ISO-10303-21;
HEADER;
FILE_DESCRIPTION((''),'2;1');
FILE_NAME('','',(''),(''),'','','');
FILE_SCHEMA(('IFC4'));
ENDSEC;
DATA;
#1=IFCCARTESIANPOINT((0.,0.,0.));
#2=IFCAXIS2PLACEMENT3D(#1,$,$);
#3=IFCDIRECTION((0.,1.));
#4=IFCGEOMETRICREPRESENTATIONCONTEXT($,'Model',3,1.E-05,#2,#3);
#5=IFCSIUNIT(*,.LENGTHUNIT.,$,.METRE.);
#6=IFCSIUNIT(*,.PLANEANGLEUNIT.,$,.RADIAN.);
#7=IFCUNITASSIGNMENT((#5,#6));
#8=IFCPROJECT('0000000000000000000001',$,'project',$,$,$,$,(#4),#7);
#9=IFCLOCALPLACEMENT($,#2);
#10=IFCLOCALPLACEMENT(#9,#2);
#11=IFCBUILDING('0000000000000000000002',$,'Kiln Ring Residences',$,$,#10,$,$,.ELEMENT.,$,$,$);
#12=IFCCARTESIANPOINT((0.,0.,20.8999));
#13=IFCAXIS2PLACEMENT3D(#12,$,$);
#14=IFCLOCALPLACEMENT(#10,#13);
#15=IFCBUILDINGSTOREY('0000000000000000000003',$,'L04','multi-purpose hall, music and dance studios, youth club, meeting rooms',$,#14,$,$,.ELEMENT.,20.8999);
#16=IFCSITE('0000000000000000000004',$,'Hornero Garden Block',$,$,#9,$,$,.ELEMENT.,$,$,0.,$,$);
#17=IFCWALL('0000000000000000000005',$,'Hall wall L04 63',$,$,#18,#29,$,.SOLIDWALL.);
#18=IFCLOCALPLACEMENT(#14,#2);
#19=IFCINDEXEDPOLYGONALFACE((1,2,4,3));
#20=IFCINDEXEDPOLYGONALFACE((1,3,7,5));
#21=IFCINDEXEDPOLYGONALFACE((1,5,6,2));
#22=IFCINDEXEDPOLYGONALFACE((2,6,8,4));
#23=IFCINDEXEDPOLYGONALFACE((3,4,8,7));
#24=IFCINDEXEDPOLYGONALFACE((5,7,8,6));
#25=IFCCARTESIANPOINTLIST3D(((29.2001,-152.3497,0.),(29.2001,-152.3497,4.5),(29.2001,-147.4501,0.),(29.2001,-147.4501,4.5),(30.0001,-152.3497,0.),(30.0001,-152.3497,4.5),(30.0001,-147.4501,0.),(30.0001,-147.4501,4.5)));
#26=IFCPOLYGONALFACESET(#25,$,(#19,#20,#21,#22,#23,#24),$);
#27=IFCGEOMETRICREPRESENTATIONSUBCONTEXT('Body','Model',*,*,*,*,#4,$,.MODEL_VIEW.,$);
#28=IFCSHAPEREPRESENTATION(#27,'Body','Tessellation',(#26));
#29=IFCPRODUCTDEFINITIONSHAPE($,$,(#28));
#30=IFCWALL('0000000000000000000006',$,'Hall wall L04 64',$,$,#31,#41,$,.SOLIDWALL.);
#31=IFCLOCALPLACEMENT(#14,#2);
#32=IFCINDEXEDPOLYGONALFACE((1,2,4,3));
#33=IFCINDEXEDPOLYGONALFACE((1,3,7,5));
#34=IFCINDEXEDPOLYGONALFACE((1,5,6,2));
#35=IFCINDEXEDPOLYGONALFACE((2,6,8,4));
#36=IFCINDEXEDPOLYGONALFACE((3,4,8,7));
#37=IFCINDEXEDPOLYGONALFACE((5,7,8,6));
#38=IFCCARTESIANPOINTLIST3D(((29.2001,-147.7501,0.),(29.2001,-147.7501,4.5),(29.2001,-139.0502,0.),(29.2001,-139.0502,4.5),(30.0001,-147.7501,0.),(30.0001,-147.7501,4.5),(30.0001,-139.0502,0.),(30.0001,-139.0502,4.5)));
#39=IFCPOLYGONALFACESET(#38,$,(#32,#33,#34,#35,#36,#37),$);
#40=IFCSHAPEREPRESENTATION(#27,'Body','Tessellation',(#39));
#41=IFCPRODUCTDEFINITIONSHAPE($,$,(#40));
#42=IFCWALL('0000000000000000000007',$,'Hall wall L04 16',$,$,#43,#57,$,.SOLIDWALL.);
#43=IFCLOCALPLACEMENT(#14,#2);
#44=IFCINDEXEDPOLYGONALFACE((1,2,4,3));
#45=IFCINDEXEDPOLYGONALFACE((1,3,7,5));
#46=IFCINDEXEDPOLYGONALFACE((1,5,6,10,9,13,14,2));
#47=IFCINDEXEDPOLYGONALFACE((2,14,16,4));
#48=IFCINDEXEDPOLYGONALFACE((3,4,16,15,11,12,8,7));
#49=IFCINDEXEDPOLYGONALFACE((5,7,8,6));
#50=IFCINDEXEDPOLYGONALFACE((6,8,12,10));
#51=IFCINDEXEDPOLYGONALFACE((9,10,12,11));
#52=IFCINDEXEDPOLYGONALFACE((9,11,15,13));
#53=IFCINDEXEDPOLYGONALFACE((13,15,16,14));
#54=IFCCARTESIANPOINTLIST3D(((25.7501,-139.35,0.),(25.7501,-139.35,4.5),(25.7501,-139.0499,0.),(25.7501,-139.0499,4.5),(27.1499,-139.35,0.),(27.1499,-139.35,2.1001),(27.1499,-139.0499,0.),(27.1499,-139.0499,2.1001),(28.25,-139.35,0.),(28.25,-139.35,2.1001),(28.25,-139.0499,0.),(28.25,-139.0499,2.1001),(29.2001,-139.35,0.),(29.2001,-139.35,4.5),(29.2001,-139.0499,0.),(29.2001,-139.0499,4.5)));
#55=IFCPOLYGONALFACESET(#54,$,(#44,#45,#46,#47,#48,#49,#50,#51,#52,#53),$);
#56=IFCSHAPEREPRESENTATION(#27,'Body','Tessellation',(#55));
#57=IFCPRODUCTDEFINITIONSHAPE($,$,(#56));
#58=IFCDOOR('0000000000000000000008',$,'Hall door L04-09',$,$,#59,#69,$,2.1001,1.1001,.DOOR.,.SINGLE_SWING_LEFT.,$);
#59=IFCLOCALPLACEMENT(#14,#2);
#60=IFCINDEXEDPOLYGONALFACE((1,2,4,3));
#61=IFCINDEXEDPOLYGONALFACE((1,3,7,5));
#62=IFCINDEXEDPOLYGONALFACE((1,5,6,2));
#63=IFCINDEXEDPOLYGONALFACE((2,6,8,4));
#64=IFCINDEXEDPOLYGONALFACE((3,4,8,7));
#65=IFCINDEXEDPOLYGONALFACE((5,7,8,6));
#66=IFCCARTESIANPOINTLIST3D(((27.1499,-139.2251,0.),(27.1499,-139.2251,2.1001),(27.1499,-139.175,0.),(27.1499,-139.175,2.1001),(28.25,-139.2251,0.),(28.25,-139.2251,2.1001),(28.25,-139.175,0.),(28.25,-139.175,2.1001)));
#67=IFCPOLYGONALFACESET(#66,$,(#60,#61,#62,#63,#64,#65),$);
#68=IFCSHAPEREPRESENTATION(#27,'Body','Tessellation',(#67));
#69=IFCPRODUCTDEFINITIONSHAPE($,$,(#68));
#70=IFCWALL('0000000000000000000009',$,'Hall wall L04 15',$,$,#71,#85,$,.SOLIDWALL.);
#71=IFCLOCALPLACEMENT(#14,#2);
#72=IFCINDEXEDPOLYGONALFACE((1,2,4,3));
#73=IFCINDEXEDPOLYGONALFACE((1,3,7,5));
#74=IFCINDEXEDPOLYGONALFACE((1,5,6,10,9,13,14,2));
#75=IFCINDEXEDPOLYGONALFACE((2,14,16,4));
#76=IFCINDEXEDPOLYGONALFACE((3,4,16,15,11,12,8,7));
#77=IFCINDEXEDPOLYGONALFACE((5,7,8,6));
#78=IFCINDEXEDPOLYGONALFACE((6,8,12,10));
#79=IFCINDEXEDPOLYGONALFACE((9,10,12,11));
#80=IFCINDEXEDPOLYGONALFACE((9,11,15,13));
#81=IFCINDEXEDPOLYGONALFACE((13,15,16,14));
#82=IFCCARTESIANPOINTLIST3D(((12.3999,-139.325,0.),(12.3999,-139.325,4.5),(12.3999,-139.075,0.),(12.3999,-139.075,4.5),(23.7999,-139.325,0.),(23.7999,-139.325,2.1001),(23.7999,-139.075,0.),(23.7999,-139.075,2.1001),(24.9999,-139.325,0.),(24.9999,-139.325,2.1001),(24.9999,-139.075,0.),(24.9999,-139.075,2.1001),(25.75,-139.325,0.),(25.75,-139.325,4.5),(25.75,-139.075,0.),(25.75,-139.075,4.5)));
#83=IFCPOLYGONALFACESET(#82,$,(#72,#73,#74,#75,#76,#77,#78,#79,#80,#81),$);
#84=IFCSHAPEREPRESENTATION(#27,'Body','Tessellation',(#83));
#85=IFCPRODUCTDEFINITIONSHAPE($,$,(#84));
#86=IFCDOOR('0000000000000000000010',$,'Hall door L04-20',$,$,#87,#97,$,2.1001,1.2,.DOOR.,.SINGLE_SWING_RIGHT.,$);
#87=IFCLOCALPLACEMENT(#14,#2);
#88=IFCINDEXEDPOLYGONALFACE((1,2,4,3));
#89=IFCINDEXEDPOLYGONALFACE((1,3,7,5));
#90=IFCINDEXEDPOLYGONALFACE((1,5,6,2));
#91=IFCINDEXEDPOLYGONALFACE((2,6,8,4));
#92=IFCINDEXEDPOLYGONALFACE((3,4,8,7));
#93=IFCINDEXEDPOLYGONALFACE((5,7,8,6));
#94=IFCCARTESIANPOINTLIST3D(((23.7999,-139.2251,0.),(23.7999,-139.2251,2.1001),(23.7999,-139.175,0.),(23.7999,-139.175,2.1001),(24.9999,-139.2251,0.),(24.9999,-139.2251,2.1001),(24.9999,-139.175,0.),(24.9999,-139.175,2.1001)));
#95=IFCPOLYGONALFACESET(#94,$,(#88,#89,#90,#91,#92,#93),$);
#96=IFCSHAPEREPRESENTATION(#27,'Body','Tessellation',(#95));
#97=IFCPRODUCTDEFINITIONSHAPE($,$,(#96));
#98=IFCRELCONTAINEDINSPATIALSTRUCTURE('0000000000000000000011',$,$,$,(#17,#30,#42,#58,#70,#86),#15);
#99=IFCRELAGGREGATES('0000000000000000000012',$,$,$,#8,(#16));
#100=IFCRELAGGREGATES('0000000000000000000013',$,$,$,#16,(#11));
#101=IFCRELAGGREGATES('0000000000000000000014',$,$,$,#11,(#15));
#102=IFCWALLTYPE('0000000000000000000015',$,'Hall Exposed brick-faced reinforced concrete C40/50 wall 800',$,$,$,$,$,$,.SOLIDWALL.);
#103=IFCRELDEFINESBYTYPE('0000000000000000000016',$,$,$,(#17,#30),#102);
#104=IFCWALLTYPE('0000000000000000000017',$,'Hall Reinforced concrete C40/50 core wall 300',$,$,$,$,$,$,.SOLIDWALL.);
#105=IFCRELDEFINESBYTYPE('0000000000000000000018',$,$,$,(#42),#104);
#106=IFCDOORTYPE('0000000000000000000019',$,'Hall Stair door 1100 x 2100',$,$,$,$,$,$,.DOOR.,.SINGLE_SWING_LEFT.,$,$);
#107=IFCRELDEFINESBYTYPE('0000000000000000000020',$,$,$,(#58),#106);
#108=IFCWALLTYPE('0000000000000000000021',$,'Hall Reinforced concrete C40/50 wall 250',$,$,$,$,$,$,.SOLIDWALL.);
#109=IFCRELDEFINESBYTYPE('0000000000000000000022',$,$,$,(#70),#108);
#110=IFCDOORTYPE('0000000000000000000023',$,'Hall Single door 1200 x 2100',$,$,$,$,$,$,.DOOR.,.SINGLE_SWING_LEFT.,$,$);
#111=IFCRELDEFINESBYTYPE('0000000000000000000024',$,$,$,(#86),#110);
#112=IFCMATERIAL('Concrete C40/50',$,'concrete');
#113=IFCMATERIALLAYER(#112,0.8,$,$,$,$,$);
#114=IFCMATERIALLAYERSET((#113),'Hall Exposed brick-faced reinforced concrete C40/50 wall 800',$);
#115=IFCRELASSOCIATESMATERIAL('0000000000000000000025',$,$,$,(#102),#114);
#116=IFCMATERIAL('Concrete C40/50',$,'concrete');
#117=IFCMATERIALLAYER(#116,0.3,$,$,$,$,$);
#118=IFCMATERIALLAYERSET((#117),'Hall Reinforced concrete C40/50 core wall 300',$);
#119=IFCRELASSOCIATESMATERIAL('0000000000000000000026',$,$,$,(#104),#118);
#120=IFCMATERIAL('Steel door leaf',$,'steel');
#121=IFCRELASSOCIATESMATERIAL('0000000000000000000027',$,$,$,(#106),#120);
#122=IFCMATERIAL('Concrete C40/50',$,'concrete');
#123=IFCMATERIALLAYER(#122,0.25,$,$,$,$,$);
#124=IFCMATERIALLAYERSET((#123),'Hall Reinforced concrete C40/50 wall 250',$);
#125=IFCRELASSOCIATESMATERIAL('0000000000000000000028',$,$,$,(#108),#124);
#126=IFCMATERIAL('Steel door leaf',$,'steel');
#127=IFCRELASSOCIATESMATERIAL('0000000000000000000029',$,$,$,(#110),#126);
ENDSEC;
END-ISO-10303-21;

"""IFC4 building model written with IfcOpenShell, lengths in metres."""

from ifc_helpers import new_model, si_unit, direction, frame, frame_2d, origin, place, context, subcontext, project, spatial, rectangle, extrude, material, layer, layer_set, type_object, element, fill, save


model = new_model("IFC4")

# Units and contexts
model_context = context("Model", 3, precision=1e-05, world=origin(), true_north=direction((0.0, 1.0)))
body_context = subcontext(model_context, "Body", "Model", "MODEL_VIEW")
ifc_project = project(units=[si_unit("LENGTHUNIT", "METRE"), si_unit("PLANEANGLEUNIT", "RADIAN")], contexts=[model_context])

# Site, building, storey
site_placement = place(None, origin())
site = spatial("IfcSite", under=ifc_project, at=site_placement, Name="Hornero Garden Block", CompositionType="ELEMENT", RefElevation=0.0)
building_placement = place(site_placement, origin())
building = spatial("IfcBuilding", under=site, at=building_placement, Name="Kiln Ring Residences", CompositionType="ELEMENT")
storey_placement = place(building_placement, frame((0.0, 0.0, 20.8999)))
storey = spatial("IfcBuildingStorey", under=building, at=storey_placement, Name="L04", Description="multi-purpose hall, music and dance studios, youth club, meeting rooms", CompositionType="ELEMENT", Elevation=20.8999)

# Walls
ifc_material_1 = material(Name="Concrete C40/50", Category="concrete")
ifc_layer_1 = layer(ifc_material_1, 0.8)
ifc_layer_set_1 = layer_set([ifc_layer_1], Name="Hall Exposed brick-faced reinforced concrete C40/50 wall 800")
wall_type_1 = type_object("IfcWallType", Name="Hall Exposed brick-faced reinforced concrete C40/50 wall 800", PredefinedType="SOLIDWALL", material=ifc_layer_set_1)
wall_1_placement = place(storey_placement, frame((29.6001, -147.4502, 0.0), z_axis=(0.0, 0.0, 1.0), x_axis=(0.0, -1.0, 0.0)))
element("IfcWall", 1, at=wall_1_placement, inside=storey, type_object=wall_type_1, Name="Hall wall L04 63", PredefinedType="SOLIDWALL", context=body_context, shape_type="SweptSolid", body=[
    extrude(rectangle(XDim=4.8997, YDim=0.8, at=frame_2d((2.4497, 0.0))), origin(), (0.0, 0.0, 1.0), 4.5),
])
wall_2_placement = place(storey_placement, frame((29.6001, -139.05, 0.0), z_axis=(0.0, 0.0, 1.0), x_axis=(0.0, -1.0, 0.0)))
element("IfcWall", 2, at=wall_2_placement, inside=storey, type_object=wall_type_1, Name="Hall wall L04 64", PredefinedType="SOLIDWALL", context=body_context, shape_type="SweptSolid", body=[
    extrude(rectangle(XDim=8.7, YDim=0.8, at=frame_2d((4.3501, 0.0))), origin(), (0.0, 0.0, 1.0), 4.5),
])

# Walls, openings, doors
ifc_material_2 = material(Name="Concrete C40/50", Category="concrete")
ifc_layer_2 = layer(ifc_material_2, 0.3)
ifc_layer_set_2 = layer_set([ifc_layer_2], Name="Hall Reinforced concrete C40/50 core wall 300")
wall_type_2 = type_object("IfcWallType", Name="Hall Reinforced concrete C40/50 core wall 300", PredefinedType="SOLIDWALL", material=ifc_layer_set_2)
wall_3_placement = place(storey_placement, frame((25.75, -139.2, 0.0), z_axis=(0.0, 0.0, 1.0), x_axis=(1.0, 0.0, 0.0)))
wall_3 = element("IfcWall", 3, at=wall_3_placement, inside=storey, type_object=wall_type_2, Name="Hall wall L04 16", PredefinedType="SOLIDWALL", context=body_context, shape_type="SweptSolid", body=[
    extrude(rectangle(XDim=3.45, YDim=0.3, at=frame_2d((1.7251, 0.0))), origin(), (0.0, 0.0, 1.0), 4.5),
])
opening_1_placement = place(wall_3_placement, frame((1.3999, 0.0, 0.0)))
opening_1 = element("IfcOpeningElement", 4, at=opening_1_placement, cuts=wall_3, PredefinedType="OPENING", context=body_context, shape_type="SweptSolid", body=[
    extrude(rectangle(XDim=1.1001, YDim=2.1001, at=frame_2d((0.55, 1.05))), frame((0.0, 0.1599, 0.0), z_axis=(0.0, -1.0, 0.0), x_axis=(1.0, 0.0, 0.0)), (0.0, 0.0, 1.0), 0.3201),
])
ifc_material_3 = material(Name="Steel door leaf", Category="steel")
door_type_1 = type_object("IfcDoorType", Name="Hall Stair door 1100 x 2100", OperationType="SINGLE_SWING_LEFT", PredefinedType="DOOR", material=ifc_material_3)
door_1_placement = place(opening_1_placement, origin())
door_1 = element("IfcDoor", 5, at=door_1_placement, inside=storey, type_object=door_type_1, Name="Hall door L04-09", OperationType="SINGLE_SWING_LEFT", OverallHeight=2.1001, OverallWidth=1.1001, PredefinedType="DOOR", context=body_context, shape_type="SweptSolid", body=[
    extrude(rectangle(XDim=1.1001, YDim=2.1001, at=frame_2d((0.55, 1.05))), frame((0.0, 0.0249, 0.0), z_axis=(0.0, -1.0, 0.0), x_axis=(1.0, 0.0, 0.0)), (0.0, 0.0, 1.0), 0.05),
])
fill(opening_1, door_1)
ifc_material_4 = material(Name="Concrete C40/50", Category="concrete")
ifc_layer_3 = layer(ifc_material_4, 0.25)
ifc_layer_set_3 = layer_set([ifc_layer_3], Name="Hall Reinforced concrete C40/50 wall 250")
wall_type_3 = type_object("IfcWallType", Name="Hall Reinforced concrete C40/50 wall 250", PredefinedType="SOLIDWALL", material=ifc_layer_set_3)
wall_4_placement = place(storey_placement, frame((12.3999, -139.2, 0.0), z_axis=(0.0, 0.0, 1.0), x_axis=(1.0, 0.0, 0.0)))
wall_4 = element("IfcWall", 6, at=wall_4_placement, inside=storey, type_object=wall_type_3, Name="Hall wall L04 15", PredefinedType="SOLIDWALL", context=body_context, shape_type="SweptSolid", body=[
    extrude(rectangle(XDim=13.3501, YDim=0.25, at=frame_2d((6.675, 0.0))), origin(), (0.0, 0.0, 1.0), 4.5),
])
opening_2_placement = place(wall_4_placement, frame((11.3999, 0.0, 0.0)))
opening_2 = element("IfcOpeningElement", 7, at=opening_2_placement, cuts=wall_4, PredefinedType="OPENING", context=body_context, shape_type="SweptSolid", body=[
    extrude(rectangle(XDim=1.2, YDim=2.1001, at=frame_2d((0.6001, 1.05))), frame((0.0, 0.135, 0.0), z_axis=(0.0, -1.0, 0.0), x_axis=(1.0, 0.0, 0.0)), (0.0, 0.0, 1.0), 0.27),
])
ifc_material_5 = material(Name="Steel door leaf", Category="steel")
door_type_2 = type_object("IfcDoorType", Name="Hall Single door 1200 x 2100", OperationType="SINGLE_SWING_LEFT", PredefinedType="DOOR", material=ifc_material_5)
door_2_placement = place(opening_2_placement, origin())
door_2 = element("IfcDoor", 8, at=door_2_placement, inside=storey, type_object=door_type_2, Name="Hall door L04-20", OperationType="SINGLE_SWING_RIGHT", OverallHeight=2.1001, OverallWidth=1.2, PredefinedType="DOOR", context=body_context, shape_type="SweptSolid", body=[
    extrude(rectangle(XDim=1.2, YDim=2.1001, at=frame_2d((0.6001, 1.05))), frame((0.0, 0.0249, 0.0), z_axis=(0.0, -1.0, 0.0), x_axis=(1.0, 0.0, 0.0)), (0.0, 0.0, 1.0), 0.05),
])
fill(opening_2, door_2)

save(model, "model.ifc")
